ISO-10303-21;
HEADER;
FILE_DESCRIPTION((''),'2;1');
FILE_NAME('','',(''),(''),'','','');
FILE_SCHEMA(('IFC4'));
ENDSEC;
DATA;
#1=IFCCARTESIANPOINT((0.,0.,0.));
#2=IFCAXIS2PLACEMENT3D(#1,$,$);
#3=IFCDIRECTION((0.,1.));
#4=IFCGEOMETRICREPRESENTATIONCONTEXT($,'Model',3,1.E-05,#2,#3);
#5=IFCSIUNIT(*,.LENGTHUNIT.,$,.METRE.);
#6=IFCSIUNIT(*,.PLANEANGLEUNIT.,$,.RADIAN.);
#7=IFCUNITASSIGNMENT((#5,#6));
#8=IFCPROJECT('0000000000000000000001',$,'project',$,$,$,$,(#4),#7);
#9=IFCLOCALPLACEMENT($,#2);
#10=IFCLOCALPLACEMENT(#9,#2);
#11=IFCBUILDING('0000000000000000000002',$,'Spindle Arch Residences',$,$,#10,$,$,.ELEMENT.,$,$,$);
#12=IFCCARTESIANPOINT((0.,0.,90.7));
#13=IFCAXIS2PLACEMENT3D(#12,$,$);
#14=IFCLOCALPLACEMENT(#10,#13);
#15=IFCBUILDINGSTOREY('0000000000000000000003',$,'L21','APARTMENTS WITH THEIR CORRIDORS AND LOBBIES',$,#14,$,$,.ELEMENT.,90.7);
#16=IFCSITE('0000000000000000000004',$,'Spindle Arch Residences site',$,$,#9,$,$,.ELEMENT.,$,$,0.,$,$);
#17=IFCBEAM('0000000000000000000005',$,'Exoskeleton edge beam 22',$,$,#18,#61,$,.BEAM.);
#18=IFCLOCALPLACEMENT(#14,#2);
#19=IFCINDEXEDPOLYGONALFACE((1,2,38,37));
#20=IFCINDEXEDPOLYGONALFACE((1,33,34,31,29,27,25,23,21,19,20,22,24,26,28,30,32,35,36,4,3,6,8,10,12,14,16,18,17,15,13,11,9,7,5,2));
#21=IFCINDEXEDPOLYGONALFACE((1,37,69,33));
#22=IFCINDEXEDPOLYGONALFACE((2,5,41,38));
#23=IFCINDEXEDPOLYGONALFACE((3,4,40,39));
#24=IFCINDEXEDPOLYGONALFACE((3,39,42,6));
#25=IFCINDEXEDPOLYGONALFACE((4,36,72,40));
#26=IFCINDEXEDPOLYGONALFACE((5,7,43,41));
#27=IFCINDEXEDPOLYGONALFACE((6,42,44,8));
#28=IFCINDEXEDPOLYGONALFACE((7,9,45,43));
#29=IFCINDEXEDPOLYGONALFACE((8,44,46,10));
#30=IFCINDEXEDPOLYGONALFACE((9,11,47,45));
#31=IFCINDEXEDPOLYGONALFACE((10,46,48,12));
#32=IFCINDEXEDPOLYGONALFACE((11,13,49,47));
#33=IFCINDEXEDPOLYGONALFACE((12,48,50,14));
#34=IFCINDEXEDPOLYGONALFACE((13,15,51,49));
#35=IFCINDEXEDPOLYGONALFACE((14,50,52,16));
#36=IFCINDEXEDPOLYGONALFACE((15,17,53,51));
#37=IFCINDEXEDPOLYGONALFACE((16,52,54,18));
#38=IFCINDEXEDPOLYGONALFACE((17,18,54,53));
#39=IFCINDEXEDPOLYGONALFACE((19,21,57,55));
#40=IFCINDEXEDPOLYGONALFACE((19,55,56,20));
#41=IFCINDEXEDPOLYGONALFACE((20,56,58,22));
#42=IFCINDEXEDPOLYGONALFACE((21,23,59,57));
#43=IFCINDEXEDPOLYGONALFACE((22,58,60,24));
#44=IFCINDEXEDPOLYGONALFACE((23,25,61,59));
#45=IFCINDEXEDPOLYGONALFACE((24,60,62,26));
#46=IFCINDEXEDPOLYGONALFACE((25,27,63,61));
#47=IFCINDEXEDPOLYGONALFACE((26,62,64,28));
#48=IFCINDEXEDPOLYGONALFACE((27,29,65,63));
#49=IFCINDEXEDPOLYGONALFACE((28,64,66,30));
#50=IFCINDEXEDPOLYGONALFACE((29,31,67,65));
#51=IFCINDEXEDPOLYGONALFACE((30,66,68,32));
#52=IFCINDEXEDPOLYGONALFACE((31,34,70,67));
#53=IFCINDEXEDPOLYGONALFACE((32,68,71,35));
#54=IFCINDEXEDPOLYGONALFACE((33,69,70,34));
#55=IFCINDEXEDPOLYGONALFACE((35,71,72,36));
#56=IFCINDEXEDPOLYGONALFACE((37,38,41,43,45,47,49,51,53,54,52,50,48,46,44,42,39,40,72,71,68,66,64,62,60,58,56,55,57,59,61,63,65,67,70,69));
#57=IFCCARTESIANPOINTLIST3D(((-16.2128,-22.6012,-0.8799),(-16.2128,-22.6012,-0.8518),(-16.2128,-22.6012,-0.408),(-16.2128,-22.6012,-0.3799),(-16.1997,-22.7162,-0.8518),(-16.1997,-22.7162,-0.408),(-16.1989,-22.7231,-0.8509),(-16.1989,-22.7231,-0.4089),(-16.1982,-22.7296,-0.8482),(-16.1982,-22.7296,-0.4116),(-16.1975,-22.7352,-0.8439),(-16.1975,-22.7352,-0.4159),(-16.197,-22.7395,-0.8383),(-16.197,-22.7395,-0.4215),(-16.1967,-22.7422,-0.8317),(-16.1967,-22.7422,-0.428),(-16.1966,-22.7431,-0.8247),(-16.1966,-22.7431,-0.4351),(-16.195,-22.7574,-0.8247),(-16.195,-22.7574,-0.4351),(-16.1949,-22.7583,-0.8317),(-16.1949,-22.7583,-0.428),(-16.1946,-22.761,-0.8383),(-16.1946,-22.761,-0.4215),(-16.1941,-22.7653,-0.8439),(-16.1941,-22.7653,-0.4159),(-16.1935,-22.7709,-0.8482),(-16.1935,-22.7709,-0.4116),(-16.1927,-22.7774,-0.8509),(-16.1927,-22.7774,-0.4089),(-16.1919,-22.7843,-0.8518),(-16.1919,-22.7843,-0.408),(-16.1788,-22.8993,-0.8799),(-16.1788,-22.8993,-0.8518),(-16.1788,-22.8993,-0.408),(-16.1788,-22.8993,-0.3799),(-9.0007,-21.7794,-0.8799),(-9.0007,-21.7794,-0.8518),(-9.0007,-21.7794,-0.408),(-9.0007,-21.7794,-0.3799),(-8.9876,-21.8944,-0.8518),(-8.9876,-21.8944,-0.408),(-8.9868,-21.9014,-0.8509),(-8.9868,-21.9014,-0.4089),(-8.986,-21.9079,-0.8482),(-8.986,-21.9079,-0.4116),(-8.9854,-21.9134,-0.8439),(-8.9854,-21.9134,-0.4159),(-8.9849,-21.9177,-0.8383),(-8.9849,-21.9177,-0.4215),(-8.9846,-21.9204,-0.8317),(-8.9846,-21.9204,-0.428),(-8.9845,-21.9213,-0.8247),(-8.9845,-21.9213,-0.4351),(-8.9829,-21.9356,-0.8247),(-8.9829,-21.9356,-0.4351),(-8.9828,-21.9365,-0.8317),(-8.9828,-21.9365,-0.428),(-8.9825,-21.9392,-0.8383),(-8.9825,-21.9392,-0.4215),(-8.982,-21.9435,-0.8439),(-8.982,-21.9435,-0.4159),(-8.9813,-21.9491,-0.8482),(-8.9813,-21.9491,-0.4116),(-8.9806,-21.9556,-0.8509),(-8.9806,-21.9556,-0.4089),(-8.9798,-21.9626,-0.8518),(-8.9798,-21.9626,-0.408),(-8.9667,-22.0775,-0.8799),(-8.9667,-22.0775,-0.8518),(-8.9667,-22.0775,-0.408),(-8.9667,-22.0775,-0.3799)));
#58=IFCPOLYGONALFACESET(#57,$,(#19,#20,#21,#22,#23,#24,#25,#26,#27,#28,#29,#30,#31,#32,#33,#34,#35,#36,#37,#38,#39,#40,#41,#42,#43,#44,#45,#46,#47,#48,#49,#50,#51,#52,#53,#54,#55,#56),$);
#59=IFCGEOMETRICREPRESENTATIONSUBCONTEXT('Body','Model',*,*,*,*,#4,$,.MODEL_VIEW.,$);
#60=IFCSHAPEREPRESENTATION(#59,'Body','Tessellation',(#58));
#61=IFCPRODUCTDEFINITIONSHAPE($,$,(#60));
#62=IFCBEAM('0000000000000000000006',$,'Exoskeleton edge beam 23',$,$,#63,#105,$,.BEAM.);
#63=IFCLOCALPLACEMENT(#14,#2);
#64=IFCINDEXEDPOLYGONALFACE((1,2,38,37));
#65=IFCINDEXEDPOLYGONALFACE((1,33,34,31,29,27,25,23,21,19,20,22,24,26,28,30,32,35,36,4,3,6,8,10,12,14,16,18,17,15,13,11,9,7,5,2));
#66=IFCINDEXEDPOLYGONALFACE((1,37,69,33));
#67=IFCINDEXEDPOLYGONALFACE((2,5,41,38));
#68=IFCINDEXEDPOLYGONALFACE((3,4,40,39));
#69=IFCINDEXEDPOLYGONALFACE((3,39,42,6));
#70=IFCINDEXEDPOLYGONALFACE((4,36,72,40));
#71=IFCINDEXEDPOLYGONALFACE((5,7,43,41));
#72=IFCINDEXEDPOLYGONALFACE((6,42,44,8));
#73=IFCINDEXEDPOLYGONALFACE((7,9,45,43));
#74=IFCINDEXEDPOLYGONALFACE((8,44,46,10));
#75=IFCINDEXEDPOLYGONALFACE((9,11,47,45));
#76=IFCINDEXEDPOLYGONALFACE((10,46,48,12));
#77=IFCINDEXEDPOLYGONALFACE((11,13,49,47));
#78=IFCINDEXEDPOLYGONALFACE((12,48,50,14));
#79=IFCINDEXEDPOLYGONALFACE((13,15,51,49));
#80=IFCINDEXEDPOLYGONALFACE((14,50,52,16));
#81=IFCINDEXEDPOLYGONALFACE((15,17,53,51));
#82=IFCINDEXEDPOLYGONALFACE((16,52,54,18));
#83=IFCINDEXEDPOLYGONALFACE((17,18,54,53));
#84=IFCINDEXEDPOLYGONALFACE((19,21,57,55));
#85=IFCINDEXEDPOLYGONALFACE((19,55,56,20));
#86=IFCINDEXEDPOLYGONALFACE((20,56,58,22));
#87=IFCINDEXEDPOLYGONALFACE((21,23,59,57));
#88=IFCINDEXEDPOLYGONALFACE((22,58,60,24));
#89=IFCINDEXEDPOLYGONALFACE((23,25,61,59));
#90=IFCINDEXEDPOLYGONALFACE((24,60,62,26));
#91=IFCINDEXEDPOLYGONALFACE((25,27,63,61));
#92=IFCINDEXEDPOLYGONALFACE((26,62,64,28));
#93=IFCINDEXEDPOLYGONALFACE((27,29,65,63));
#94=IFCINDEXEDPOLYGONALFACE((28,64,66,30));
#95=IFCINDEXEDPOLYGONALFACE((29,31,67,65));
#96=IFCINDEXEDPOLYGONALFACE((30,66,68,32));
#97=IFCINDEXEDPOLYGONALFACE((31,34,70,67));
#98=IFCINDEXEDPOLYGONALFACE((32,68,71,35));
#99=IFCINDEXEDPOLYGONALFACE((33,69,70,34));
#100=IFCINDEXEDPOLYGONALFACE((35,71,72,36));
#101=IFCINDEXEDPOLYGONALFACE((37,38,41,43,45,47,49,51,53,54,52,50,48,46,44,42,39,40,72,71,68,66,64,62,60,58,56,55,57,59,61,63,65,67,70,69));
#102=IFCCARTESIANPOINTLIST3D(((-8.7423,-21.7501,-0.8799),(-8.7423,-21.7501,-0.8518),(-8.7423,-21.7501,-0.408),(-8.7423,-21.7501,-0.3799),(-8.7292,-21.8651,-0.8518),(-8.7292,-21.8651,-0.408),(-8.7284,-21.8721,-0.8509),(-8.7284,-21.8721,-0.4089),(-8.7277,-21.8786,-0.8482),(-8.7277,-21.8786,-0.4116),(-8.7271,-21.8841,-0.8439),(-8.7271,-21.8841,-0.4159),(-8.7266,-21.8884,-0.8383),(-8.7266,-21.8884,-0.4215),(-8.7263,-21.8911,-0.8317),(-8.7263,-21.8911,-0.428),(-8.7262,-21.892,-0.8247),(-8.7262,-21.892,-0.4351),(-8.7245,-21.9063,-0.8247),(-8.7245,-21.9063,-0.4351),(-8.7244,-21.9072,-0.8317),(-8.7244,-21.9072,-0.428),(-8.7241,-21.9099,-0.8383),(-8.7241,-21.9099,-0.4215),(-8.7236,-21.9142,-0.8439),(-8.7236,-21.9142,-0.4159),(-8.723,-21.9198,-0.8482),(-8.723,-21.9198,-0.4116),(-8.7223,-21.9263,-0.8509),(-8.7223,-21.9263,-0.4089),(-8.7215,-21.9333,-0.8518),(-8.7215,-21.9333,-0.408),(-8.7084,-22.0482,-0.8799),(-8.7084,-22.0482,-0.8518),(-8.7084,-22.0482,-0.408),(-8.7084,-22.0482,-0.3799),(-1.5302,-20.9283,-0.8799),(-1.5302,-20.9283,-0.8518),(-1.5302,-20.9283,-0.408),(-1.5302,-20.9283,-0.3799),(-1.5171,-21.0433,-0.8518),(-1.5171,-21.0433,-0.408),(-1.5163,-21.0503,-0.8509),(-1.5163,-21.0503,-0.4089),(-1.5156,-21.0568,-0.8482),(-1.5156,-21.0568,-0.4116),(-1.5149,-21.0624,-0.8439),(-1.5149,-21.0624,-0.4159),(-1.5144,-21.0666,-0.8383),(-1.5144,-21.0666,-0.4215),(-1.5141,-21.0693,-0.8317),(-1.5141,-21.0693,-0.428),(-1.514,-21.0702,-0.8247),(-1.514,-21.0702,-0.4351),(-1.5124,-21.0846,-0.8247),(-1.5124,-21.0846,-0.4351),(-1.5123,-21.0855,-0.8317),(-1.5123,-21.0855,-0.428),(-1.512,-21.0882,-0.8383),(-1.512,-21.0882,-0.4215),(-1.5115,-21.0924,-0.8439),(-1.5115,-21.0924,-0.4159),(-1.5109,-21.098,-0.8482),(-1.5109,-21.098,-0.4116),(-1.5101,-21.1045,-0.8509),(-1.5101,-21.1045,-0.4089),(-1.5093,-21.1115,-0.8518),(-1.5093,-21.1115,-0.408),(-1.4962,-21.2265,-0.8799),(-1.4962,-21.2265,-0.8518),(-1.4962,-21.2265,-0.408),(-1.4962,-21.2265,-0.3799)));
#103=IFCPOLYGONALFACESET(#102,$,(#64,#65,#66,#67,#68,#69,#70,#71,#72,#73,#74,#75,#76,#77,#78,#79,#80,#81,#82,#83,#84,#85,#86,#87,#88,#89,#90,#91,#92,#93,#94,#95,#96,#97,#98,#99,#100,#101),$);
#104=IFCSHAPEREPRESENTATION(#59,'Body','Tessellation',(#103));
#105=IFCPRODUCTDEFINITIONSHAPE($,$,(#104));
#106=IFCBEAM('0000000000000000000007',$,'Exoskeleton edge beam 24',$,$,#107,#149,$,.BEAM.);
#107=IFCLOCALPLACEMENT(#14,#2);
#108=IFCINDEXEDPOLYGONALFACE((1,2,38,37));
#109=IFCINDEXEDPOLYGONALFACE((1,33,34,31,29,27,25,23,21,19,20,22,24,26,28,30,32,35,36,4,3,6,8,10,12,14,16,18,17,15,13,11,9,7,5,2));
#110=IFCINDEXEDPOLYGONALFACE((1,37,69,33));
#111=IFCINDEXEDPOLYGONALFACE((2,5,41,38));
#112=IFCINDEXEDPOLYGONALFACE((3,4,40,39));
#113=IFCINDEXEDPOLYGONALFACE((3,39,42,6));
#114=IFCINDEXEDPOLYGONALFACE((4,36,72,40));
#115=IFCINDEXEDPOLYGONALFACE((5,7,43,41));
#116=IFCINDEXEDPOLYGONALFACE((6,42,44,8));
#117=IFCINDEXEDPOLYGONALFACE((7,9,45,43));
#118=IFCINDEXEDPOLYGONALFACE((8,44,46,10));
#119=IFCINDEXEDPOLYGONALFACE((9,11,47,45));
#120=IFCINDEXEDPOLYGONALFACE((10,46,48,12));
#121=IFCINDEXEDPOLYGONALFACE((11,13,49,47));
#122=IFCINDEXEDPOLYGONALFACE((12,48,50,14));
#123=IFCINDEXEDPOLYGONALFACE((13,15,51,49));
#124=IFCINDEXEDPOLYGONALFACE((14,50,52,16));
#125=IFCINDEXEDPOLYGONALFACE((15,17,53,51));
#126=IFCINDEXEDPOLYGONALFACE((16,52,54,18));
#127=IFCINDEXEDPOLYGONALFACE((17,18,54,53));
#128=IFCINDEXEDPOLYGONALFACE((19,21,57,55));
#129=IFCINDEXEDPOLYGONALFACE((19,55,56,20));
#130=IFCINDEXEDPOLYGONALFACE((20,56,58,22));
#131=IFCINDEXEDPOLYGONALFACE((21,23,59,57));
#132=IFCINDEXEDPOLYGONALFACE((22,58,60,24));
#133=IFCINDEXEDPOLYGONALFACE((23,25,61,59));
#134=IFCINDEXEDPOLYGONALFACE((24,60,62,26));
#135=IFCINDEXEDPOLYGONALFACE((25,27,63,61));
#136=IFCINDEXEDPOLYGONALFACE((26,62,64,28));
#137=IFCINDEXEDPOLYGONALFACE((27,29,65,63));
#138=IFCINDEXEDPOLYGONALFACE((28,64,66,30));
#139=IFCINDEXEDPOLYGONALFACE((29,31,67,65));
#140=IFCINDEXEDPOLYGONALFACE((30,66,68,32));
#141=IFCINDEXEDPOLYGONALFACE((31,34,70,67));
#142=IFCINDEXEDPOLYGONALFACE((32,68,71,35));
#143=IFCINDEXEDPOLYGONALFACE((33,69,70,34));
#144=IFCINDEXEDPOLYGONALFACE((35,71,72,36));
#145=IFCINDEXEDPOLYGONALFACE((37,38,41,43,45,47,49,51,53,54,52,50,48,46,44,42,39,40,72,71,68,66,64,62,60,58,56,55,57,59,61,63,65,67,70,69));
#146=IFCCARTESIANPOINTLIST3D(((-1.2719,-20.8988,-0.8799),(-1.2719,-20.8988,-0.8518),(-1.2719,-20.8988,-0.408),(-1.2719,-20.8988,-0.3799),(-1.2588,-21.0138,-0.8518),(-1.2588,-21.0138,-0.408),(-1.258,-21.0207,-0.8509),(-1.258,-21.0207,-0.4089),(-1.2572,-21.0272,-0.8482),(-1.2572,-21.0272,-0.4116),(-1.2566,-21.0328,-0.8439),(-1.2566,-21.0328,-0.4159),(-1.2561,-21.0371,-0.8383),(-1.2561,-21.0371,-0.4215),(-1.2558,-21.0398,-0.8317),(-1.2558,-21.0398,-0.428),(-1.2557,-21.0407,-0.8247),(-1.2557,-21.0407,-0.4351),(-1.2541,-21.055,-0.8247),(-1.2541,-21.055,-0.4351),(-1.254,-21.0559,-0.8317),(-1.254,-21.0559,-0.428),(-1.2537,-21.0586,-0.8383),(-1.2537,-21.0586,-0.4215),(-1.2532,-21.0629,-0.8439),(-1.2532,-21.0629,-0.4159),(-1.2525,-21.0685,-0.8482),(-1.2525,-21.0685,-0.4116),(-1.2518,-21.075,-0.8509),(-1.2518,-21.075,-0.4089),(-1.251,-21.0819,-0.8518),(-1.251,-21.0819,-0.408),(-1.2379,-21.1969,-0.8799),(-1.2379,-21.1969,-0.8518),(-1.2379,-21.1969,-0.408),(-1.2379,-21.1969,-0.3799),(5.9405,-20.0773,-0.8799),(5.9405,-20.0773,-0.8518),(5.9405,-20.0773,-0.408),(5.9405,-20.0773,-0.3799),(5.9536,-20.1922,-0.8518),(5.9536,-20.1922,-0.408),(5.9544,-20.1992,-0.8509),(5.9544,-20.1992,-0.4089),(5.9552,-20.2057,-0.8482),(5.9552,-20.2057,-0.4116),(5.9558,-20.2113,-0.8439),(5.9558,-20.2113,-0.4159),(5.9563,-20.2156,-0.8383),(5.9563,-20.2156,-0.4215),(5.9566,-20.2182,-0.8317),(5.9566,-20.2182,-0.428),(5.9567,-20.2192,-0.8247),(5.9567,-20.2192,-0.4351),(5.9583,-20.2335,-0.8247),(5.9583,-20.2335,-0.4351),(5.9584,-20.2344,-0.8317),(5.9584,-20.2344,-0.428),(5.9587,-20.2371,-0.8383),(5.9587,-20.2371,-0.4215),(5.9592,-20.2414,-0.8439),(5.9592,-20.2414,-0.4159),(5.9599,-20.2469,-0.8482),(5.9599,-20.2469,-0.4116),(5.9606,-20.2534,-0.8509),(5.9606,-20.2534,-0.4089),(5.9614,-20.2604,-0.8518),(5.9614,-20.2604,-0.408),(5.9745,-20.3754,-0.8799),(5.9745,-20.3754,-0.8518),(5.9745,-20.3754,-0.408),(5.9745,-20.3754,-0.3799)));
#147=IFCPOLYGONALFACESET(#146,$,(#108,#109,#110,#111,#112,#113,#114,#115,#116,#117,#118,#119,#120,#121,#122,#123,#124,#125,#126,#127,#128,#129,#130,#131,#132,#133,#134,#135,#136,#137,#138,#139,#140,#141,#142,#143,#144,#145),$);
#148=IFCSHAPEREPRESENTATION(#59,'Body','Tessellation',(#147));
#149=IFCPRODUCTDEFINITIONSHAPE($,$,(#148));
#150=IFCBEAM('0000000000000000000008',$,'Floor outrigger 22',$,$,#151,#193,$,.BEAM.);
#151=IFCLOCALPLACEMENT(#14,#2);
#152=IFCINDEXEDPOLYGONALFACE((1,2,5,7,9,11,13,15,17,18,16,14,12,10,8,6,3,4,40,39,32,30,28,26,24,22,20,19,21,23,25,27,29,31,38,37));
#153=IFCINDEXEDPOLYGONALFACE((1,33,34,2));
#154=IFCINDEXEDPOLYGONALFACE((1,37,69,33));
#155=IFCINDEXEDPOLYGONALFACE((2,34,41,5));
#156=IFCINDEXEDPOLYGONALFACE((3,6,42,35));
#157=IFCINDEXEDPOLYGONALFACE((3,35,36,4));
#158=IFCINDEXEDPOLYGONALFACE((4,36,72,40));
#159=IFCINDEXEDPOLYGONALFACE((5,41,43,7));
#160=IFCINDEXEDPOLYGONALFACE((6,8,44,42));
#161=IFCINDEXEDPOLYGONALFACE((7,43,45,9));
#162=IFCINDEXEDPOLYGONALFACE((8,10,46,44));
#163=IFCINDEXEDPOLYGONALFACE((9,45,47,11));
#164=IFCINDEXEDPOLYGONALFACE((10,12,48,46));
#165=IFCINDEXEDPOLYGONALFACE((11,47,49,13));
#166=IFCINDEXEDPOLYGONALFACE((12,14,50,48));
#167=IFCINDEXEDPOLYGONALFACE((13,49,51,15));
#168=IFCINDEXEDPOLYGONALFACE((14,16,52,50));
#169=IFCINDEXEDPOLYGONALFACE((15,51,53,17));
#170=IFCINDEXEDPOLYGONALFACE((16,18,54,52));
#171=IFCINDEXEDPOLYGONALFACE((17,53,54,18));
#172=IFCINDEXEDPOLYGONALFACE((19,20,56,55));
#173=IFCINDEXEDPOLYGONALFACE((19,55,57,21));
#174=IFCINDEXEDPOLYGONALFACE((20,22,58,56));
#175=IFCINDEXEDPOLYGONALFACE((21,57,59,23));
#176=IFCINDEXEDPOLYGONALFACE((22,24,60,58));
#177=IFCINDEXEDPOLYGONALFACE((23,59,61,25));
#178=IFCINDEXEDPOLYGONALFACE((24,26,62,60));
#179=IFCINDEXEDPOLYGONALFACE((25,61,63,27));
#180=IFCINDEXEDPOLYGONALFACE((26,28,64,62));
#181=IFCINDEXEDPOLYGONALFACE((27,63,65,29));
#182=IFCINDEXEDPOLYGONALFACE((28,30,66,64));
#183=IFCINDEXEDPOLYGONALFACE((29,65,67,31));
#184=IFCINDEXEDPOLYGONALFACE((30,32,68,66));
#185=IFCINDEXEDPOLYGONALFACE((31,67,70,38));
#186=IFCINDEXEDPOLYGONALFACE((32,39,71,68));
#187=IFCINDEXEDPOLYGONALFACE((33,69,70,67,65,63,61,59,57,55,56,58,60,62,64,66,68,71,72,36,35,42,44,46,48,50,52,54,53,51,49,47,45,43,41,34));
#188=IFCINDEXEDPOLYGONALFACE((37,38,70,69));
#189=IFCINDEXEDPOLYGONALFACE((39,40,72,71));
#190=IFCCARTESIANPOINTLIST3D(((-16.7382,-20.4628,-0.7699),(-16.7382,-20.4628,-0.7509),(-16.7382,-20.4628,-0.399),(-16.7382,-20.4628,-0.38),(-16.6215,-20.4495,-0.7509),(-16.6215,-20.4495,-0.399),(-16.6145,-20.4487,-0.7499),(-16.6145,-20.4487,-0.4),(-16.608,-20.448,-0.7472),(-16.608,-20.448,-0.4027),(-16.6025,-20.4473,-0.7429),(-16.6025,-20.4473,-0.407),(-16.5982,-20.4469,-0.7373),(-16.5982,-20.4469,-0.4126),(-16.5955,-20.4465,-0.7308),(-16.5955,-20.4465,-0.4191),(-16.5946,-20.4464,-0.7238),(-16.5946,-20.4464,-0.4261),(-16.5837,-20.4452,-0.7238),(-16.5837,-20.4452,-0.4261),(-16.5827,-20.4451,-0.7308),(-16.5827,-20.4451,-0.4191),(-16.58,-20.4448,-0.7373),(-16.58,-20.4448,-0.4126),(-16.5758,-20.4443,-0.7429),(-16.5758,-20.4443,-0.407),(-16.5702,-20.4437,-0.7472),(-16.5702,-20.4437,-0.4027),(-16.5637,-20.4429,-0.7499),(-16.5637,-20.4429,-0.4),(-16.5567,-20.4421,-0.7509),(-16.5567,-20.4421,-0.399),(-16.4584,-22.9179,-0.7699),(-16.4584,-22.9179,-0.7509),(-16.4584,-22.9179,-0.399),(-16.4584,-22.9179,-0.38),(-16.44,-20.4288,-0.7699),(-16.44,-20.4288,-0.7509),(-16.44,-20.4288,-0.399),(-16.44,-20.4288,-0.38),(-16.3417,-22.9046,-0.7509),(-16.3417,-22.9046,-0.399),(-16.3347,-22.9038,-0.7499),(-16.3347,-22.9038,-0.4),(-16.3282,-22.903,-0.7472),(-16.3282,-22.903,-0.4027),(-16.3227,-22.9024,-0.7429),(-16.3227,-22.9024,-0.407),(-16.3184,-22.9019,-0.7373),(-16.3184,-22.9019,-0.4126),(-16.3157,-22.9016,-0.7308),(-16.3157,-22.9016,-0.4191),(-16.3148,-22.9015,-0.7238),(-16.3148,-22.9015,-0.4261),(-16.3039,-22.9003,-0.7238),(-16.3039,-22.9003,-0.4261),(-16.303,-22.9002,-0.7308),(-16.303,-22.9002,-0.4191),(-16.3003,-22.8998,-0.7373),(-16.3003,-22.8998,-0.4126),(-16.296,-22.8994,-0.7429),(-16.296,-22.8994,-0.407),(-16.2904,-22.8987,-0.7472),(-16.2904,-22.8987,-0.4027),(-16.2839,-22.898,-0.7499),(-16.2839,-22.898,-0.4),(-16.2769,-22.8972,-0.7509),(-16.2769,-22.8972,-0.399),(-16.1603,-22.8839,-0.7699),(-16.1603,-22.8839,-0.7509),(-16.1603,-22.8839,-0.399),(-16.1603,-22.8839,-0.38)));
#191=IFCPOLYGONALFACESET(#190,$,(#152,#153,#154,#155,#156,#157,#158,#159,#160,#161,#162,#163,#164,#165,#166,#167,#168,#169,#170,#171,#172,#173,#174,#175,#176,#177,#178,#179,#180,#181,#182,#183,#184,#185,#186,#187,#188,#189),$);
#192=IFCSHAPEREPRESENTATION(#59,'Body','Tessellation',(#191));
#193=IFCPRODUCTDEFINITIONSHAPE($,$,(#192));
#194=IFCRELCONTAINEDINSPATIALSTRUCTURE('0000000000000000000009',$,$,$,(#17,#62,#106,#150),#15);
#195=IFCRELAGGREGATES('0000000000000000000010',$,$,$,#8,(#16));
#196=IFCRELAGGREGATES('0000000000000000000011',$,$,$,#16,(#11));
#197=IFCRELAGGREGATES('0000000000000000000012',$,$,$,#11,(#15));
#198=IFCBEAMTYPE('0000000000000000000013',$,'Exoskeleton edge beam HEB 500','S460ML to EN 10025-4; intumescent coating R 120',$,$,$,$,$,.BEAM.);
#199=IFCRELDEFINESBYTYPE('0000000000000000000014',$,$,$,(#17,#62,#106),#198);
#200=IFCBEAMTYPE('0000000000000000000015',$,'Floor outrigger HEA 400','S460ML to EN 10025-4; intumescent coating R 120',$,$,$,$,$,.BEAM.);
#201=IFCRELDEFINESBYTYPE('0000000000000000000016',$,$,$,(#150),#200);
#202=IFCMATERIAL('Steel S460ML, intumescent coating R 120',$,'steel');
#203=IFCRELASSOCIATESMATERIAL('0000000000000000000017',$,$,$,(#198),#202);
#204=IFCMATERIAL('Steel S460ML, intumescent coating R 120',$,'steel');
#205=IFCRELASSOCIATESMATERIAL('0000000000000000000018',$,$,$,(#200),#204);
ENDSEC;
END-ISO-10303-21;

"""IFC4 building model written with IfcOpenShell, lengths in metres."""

from ifc_helpers import new_model, si_unit, direction, frame, origin, origin_2d, place, context, subcontext, project, spatial, i_section, extrude, material, material_profile, profile_set, type_object, element, save


model = new_model("IFC4")

# Units and contexts
model_context = context("Model", 3, precision=1e-05, world=origin(), true_north=direction((0.0, 1.0)))
body_context = subcontext(model_context, "Body", "Model", "MODEL_VIEW")
ifc_project = project(units=[si_unit("LENGTHUNIT", "METRE"), si_unit("PLANEANGLEUNIT", "RADIAN")], contexts=[model_context])

# Site, building, storey
site_placement = place(None, origin())
site = spatial("IfcSite", under=ifc_project, at=site_placement, Name="Spindle Arch Residences site", CompositionType="ELEMENT", RefElevation=0.0)
building_placement = place(site_placement, origin())
building = spatial("IfcBuilding", under=site, at=building_placement, Name="Spindle Arch Residences", CompositionType="ELEMENT")
storey_placement = place(building_placement, frame((0.0, 0.0, 90.7)))
storey = spatial("IfcBuildingStorey", under=building, at=storey_placement, Name="L21", Description="APARTMENTS WITH THEIR CORRIDORS AND LOBBIES", CompositionType="ELEMENT", Elevation=90.7)

# Beams
ifc_material_1 = material(Name="Steel S460ML, intumescent coating R 120", Category="steel")
ifc_material_profile_1 = material_profile(ifc_material_1, i_section(OverallWidth=0.3, OverallDepth=0.5, WebThickness=0.0144, FlangeThickness=0.0281, FilletRadius=0.0271, at=origin_2d()), Name="HEB 500")
ifc_profile_set_1 = profile_set([ifc_material_profile_1], Name="Steel S460ML, intumescent coating R 120")
beam_type_1 = type_object("IfcBeamType", Name="Exoskeleton edge beam HEB 500", Description="S460ML to EN 10025-4; intumescent coating R 120", PredefinedType="BEAM", material=ifc_profile_set_1)
for number, where, z_axis, x_axis, name in (
    (1, (-16.1958, -22.7502, -0.6299), (0.993571, 0.113211, 0.0), (-0.113211, 0.993571, 0.0), "Exoskeleton edge beam 22"),
    (2, (-8.7253, -21.8992, -0.6299), (0.993571, 0.113211, 0.0), (-0.113211, 0.993571, 0.0), "Exoskeleton edge beam 23"),
):
    element("IfcBeam", number, at=place(storey_placement, frame(where, z_axis=z_axis, x_axis=x_axis)), inside=storey, type_object=beam_type_1, Name=name, PredefinedType="BEAM", context=body_context, shape_type="SweptSolid", body=[
        extrude(i_section(OverallWidth=0.3, OverallDepth=0.5, WebThickness=0.0144, FlangeThickness=0.0281, FilletRadius=0.0271, at=origin_2d()), origin(), (0.0, 0.0, 1.0), 7.2588),
    ])
beam_1_placement = place(storey_placement, frame((-1.2549, -21.0479, -0.6299), z_axis=(0.993575, 0.113174, 0.0), x_axis=(-0.113174, 0.993575, 0.0)))
element("IfcBeam", 3, at=beam_1_placement, inside=storey, type_object=beam_type_1, Name="Exoskeleton edge beam 24", PredefinedType="BEAM", context=body_context, shape_type="SweptSolid", body=[
    extrude(i_section(OverallWidth=0.3, OverallDepth=0.5, WebThickness=0.0144, FlangeThickness=0.0281, FilletRadius=0.0271, at=origin_2d()), origin(), (0.0, 0.0, 1.0), 7.259),
])
ifc_material_2 = material(Name="Steel S460ML, intumescent coating R 120", Category="steel")
ifc_material_profile_2 = material_profile(ifc_material_2, i_section(OverallWidth=0.3, OverallDepth=0.3899, WebThickness=0.011, FlangeThickness=0.019, FilletRadius=0.0271, at=origin_2d()), Name="HEA 400")
ifc_profile_set_2 = profile_set([ifc_material_profile_2], Name="Steel S460ML, intumescent coating R 120")
beam_type_2 = type_object("IfcBeamType", Name="Floor outrigger HEA 400", Description="S460ML to EN 10025-4; intumescent coating R 120", PredefinedType="BEAM", material=ifc_profile_set_2)
beam_2_placement = place(storey_placement, frame((-16.3093, -22.9009, -0.575), z_axis=(-0.113229, 0.993569, 0.0), x_axis=(-0.993569, -0.113229, 0.0)))
element("IfcBeam", 4, at=beam_2_placement, inside=storey, type_object=beam_type_2, Name="Floor outrigger 22", PredefinedType="BEAM", context=body_context, shape_type="SweptSolid", body=[
    extrude(i_section(OverallWidth=0.3, OverallDepth=0.3899, WebThickness=0.011, FlangeThickness=0.019, FilletRadius=0.0271, at=origin_2d()), origin(), (0.0, 0.0, 1.0), 2.4709),
])

save(model, "model.ifc")
